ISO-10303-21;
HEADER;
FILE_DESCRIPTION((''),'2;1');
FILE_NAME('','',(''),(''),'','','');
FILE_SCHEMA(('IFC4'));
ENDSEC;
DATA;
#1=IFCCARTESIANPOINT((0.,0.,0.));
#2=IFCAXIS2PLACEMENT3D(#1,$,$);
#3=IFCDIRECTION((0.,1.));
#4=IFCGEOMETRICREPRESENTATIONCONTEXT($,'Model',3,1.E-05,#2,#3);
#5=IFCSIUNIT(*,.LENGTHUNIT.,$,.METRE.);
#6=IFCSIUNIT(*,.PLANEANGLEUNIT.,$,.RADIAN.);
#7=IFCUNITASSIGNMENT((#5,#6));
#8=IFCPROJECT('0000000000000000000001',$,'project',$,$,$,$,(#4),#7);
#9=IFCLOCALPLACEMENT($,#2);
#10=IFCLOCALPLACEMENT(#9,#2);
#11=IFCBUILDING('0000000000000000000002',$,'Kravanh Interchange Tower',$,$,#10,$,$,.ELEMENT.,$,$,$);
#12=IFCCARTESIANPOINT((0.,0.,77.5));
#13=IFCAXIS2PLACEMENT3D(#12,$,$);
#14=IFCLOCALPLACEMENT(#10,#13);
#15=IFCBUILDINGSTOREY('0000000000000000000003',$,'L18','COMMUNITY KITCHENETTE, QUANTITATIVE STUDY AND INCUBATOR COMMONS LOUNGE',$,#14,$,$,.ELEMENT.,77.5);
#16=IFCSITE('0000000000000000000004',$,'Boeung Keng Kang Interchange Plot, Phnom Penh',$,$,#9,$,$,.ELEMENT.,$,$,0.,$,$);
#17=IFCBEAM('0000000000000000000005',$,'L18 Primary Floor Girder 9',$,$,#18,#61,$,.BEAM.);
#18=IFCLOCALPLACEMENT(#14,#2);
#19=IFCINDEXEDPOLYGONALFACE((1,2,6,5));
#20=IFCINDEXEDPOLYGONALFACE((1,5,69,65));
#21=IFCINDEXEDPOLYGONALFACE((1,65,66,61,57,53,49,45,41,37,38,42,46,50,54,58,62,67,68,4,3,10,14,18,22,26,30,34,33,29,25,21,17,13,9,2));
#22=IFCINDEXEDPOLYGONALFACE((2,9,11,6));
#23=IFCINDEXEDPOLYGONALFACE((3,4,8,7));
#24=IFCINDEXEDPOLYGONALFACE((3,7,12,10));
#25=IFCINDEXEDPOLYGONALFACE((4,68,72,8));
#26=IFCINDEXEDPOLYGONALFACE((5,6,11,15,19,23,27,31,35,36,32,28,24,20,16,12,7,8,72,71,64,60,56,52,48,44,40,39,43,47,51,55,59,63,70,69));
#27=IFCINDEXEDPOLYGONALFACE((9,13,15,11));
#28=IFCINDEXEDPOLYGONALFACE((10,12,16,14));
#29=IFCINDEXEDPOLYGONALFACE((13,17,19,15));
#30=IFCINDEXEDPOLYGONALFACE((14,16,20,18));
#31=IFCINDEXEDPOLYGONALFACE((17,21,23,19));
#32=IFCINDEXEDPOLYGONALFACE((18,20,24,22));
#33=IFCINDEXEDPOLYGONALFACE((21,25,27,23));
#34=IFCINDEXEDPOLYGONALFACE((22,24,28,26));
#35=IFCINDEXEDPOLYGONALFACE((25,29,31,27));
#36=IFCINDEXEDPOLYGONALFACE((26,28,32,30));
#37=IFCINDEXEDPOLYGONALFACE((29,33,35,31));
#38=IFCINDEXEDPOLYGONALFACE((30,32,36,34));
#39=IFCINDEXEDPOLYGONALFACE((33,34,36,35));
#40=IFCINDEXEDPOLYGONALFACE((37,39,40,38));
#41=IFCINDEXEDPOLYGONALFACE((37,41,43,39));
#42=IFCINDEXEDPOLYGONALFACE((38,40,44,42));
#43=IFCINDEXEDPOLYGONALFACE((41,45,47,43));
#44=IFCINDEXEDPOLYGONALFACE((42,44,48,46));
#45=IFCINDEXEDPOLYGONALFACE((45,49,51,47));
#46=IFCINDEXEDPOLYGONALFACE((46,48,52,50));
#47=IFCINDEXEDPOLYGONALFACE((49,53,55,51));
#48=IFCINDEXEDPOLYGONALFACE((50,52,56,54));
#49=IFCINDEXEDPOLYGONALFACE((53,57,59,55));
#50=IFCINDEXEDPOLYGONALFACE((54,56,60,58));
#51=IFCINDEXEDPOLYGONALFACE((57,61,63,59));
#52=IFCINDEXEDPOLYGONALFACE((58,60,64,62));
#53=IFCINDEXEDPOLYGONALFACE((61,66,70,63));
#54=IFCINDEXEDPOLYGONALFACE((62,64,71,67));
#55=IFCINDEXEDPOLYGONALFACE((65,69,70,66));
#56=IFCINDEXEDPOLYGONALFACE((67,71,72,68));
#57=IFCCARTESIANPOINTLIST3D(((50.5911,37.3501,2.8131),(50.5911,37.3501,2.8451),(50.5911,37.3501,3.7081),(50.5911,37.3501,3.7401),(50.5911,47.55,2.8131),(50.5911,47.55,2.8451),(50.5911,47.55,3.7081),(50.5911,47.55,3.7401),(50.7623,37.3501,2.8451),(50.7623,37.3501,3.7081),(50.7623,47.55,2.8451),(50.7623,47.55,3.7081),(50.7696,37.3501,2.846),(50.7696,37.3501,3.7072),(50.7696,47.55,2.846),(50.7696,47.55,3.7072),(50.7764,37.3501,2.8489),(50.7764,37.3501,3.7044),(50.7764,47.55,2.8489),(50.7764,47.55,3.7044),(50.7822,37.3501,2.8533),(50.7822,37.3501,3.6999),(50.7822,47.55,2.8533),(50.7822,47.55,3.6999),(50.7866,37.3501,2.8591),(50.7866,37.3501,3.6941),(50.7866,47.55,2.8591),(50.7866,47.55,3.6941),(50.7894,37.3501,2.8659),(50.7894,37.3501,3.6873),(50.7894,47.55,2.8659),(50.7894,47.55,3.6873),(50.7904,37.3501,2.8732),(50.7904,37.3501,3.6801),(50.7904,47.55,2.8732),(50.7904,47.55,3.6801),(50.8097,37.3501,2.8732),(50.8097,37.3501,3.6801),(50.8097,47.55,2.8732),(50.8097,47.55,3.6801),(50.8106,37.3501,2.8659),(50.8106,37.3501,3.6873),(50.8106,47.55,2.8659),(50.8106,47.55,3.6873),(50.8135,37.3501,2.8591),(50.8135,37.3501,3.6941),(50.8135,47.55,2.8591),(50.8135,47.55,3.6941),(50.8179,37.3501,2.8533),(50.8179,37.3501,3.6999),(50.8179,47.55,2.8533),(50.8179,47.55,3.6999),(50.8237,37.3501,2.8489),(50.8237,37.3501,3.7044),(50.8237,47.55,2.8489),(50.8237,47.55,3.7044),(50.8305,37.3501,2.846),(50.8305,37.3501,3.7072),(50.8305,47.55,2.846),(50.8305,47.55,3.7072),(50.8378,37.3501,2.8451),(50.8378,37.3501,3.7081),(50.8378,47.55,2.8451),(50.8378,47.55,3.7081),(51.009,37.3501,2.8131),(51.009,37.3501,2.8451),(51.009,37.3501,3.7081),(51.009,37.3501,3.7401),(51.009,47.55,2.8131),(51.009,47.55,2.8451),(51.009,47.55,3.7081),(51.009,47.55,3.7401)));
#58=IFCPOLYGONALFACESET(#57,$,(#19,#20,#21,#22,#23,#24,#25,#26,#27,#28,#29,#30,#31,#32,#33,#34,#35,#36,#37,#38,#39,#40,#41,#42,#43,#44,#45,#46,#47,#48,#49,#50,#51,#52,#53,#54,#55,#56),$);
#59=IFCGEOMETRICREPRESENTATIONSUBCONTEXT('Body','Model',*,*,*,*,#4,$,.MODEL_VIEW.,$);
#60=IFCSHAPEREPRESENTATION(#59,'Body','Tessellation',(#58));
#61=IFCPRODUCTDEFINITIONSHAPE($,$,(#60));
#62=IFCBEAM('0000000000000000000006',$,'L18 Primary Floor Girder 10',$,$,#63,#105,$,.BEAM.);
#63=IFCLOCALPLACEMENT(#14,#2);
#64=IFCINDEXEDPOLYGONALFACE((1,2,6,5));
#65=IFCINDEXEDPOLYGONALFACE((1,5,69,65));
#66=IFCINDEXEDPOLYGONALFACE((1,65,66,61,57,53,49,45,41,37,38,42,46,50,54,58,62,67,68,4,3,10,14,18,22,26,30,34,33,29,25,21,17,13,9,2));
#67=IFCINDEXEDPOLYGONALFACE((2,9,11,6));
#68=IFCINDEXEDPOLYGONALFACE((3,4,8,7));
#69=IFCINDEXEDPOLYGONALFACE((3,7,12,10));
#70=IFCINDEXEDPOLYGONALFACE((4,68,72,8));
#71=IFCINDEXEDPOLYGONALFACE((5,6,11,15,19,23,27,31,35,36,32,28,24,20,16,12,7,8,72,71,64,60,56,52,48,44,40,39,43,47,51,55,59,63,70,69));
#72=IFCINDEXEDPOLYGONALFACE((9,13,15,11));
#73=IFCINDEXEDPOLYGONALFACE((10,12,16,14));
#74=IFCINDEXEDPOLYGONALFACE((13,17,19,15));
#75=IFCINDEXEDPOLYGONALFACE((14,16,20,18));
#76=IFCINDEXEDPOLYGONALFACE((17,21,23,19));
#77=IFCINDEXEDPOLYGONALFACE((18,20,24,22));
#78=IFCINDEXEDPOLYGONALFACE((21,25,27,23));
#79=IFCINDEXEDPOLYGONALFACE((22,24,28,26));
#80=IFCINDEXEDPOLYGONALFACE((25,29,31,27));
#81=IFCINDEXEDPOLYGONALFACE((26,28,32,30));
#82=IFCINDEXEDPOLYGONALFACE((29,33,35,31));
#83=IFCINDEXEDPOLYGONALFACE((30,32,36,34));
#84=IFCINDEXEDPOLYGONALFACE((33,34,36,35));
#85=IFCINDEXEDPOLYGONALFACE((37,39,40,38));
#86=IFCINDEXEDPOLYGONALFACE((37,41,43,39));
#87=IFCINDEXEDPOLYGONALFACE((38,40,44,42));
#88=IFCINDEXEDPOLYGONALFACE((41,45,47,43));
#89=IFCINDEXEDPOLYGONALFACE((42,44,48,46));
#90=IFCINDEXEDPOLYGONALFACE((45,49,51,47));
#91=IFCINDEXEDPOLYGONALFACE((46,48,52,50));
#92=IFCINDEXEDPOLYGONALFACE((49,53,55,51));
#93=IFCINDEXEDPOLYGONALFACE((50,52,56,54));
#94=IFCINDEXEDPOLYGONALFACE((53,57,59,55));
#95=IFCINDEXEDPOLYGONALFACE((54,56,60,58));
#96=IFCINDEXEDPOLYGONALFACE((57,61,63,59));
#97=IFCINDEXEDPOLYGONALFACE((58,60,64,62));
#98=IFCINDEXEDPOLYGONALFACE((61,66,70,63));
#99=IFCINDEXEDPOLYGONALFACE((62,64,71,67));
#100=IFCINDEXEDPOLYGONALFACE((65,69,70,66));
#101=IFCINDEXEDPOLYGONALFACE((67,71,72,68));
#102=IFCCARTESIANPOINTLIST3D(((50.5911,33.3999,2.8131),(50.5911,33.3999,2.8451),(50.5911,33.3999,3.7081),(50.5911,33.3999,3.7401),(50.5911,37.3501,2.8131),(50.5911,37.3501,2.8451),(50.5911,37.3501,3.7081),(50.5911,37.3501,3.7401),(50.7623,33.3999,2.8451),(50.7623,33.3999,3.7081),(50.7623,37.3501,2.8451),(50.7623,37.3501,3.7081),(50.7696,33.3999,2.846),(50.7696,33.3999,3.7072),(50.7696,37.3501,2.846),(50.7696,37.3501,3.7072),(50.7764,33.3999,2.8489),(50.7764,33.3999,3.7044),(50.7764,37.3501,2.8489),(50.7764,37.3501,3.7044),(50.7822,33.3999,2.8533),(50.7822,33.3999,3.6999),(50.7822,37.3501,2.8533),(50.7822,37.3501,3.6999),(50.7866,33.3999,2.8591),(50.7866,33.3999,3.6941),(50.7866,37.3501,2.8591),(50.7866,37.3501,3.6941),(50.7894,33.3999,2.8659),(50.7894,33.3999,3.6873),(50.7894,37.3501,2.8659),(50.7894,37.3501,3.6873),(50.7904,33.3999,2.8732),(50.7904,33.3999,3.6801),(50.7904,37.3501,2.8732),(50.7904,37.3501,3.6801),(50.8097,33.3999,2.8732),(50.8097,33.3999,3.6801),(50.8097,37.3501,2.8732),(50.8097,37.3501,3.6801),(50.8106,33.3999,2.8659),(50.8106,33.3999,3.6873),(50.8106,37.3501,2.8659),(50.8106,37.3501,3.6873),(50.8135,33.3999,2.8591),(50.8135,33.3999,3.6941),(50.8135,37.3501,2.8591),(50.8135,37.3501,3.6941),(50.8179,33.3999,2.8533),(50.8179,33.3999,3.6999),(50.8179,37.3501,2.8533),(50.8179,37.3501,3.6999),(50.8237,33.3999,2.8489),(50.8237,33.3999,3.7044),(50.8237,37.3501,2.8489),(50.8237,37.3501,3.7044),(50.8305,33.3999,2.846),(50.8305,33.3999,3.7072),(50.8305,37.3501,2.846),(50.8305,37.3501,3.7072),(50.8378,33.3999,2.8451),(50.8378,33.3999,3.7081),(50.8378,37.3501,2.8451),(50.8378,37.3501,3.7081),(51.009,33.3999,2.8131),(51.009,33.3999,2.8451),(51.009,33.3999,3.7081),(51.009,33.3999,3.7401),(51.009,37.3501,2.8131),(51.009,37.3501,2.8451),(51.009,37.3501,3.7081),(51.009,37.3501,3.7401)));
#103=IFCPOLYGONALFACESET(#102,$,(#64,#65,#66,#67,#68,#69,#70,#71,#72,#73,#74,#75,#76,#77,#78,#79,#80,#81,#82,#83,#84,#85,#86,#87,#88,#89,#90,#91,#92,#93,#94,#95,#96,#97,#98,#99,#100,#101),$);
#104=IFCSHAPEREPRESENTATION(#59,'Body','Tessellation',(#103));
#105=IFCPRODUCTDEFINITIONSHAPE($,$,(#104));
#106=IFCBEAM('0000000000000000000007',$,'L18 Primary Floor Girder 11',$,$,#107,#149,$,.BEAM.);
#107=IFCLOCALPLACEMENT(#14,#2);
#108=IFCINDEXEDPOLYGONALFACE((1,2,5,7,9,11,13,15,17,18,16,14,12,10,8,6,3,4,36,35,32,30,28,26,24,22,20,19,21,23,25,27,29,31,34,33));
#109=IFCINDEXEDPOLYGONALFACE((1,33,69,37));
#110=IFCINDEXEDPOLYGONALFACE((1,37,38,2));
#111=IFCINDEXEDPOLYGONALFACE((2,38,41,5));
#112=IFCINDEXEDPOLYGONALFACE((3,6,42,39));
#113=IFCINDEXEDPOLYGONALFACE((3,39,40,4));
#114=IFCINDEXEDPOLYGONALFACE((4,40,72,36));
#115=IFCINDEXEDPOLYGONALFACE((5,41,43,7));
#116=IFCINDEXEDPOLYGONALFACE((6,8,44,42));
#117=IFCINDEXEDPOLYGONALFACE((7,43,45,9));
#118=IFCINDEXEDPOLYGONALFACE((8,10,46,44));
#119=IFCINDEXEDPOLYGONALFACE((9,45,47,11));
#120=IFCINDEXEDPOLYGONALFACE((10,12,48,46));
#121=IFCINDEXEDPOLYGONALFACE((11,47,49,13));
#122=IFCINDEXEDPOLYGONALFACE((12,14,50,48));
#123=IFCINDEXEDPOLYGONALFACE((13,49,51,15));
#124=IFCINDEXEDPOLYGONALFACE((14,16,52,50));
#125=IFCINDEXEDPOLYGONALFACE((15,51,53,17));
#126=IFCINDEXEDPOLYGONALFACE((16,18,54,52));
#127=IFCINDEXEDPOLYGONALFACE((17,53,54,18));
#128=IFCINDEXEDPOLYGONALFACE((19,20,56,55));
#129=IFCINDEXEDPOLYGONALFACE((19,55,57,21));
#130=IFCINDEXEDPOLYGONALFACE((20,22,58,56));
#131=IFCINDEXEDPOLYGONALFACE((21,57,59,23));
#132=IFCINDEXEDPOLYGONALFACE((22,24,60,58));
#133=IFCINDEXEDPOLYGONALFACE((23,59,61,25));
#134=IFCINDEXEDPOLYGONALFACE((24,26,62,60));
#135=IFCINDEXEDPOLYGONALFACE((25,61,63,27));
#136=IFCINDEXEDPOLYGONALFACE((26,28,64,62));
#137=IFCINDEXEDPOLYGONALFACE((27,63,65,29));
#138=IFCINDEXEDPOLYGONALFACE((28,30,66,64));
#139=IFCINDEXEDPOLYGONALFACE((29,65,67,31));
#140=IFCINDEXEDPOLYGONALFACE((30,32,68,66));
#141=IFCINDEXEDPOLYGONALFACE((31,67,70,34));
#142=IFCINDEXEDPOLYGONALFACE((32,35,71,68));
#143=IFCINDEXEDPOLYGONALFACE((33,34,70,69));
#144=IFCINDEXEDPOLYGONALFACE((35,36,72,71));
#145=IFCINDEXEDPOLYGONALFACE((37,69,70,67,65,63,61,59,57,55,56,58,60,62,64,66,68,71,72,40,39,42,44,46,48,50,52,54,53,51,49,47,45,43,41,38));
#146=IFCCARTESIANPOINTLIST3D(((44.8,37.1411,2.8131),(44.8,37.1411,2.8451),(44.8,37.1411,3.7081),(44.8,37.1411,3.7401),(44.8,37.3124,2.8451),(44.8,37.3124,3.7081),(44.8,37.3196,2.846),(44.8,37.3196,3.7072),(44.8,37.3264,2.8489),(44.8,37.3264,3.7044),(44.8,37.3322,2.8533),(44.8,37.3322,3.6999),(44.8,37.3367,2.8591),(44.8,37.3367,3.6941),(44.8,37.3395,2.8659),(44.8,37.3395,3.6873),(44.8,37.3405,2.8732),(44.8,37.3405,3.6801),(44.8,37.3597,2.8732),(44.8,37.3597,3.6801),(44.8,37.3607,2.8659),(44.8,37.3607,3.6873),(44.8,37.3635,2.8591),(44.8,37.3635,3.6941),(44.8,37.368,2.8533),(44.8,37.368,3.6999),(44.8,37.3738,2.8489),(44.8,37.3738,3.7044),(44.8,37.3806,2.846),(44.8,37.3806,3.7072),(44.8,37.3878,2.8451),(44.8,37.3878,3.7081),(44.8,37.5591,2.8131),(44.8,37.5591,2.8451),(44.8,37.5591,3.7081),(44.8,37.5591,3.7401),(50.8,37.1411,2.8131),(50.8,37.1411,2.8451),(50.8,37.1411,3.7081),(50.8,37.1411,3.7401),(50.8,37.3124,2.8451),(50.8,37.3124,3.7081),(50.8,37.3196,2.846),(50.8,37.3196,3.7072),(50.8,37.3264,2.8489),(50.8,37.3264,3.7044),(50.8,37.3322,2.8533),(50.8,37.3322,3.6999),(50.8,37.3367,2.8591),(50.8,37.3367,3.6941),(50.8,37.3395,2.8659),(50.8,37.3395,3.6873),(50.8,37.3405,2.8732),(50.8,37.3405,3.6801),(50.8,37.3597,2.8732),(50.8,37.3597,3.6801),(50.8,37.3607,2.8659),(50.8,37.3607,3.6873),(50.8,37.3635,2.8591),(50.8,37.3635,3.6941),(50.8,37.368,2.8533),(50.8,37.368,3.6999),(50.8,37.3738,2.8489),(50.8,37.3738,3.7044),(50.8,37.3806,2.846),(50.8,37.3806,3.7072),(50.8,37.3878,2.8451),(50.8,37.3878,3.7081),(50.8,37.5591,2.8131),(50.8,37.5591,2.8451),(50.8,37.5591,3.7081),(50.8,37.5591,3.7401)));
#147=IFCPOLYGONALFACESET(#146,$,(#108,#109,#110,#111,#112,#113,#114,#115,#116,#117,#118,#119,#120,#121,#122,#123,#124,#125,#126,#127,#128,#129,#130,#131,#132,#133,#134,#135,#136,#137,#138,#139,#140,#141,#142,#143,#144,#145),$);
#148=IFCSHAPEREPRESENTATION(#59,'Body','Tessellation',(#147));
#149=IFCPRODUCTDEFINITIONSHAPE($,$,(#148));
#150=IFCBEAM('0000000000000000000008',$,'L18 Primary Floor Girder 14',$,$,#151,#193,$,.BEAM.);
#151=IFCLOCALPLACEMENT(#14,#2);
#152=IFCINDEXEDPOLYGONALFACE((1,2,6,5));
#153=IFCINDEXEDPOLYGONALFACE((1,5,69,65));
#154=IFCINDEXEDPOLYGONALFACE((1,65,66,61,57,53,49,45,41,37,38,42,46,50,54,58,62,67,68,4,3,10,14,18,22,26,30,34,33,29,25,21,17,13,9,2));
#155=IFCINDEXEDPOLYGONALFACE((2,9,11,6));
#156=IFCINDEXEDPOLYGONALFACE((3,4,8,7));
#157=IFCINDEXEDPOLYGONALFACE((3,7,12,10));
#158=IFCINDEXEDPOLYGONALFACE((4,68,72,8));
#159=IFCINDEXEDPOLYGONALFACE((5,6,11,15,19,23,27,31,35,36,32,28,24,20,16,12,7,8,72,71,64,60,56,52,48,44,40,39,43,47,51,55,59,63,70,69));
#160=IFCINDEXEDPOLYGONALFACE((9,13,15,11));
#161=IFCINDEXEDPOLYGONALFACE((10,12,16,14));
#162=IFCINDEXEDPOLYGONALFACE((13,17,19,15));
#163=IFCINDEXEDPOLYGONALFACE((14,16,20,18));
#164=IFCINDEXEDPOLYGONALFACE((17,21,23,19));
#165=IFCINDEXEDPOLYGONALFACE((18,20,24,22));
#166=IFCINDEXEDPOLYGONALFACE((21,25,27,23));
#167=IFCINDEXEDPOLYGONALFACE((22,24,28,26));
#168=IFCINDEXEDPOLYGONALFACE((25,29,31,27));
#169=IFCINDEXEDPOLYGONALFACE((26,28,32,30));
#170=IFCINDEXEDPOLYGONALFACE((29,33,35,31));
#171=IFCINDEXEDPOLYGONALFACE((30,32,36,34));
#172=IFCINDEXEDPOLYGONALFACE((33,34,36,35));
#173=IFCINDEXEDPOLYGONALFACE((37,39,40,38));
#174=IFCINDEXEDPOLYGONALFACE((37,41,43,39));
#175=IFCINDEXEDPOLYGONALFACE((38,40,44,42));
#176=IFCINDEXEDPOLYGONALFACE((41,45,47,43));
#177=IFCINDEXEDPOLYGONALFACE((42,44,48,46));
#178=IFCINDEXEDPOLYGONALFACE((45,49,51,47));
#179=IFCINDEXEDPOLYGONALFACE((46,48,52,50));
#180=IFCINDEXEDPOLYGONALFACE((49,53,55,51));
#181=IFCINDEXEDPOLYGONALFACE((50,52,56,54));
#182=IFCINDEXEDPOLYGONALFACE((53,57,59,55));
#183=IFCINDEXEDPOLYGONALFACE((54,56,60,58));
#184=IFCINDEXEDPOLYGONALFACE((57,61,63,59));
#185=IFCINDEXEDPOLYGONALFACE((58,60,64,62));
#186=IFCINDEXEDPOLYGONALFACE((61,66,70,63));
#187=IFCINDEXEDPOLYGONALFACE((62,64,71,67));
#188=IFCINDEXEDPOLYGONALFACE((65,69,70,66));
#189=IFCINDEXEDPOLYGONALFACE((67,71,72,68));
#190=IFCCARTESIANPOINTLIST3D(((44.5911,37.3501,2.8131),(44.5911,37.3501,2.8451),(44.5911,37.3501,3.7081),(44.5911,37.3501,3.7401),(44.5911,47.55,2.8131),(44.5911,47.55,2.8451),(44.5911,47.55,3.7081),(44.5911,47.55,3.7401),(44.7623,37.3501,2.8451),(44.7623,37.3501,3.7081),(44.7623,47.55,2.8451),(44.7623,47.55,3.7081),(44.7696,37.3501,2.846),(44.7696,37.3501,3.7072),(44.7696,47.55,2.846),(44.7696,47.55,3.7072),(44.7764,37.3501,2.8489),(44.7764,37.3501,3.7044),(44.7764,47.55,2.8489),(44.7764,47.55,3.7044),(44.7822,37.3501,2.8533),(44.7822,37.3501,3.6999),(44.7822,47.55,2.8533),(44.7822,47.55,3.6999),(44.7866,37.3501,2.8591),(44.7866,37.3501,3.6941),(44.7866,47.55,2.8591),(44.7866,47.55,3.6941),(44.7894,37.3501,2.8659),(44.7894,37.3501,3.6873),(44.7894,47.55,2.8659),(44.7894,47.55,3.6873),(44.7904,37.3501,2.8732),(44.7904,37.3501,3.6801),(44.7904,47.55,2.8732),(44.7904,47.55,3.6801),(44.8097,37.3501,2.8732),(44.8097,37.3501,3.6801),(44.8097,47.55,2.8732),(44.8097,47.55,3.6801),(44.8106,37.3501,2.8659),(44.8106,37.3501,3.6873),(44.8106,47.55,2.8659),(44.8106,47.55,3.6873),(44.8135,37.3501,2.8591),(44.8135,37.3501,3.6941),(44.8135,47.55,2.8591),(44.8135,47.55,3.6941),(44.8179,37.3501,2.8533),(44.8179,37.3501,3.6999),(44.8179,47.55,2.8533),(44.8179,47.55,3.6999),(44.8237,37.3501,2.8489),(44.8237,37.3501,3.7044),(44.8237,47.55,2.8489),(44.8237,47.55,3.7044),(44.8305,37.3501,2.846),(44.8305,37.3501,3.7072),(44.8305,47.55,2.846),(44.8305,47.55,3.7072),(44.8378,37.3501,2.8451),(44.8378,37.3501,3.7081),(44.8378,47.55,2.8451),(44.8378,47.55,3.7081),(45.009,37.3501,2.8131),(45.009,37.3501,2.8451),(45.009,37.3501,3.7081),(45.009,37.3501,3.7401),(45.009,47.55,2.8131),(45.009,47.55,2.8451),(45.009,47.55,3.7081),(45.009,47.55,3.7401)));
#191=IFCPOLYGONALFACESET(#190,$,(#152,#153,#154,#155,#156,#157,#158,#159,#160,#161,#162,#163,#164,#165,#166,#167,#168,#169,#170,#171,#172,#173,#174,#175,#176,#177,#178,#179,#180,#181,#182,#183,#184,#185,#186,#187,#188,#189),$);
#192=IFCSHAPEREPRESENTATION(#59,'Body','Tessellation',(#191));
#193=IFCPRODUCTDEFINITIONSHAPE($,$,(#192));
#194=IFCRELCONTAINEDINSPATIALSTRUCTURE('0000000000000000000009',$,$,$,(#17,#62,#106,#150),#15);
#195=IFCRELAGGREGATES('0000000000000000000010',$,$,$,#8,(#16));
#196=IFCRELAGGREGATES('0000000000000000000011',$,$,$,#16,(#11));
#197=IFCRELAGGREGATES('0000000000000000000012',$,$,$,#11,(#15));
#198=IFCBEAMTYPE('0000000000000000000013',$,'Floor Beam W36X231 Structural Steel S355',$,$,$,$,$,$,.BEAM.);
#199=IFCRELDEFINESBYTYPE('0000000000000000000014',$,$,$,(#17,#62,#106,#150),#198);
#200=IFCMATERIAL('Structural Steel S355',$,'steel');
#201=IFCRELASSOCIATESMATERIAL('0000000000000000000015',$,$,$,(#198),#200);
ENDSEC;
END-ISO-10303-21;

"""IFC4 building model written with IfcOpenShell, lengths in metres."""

from ifc_helpers import new_model, si_unit, direction, frame, origin, origin_2d, place, context, subcontext, project, spatial, i_section, extrude, material, material_profile, profile_set, type_object, element, save


model = new_model("IFC4")

# Units and contexts
model_context = context("Model", 3, precision=1e-05, world=origin(), true_north=direction((0.0, 1.0)))
body_context = subcontext(model_context, "Body", "Model", "MODEL_VIEW")
ifc_project = project(units=[si_unit("LENGTHUNIT", "METRE"), si_unit("PLANEANGLEUNIT", "RADIAN")], contexts=[model_context])

# Site, building, storey
site_placement = place(None, origin())
site = spatial("IfcSite", under=ifc_project, at=site_placement, Name="Boeung Keng Kang Interchange Plot, Phnom Penh", CompositionType="ELEMENT", RefElevation=0.0)
building_placement = place(site_placement, origin())
building = spatial("IfcBuilding", under=site, at=building_placement, Name="Kravanh Interchange Tower", CompositionType="ELEMENT")
storey_placement = place(building_placement, frame((0.0, 0.0, 77.5)))
storey = spatial("IfcBuildingStorey", under=building, at=storey_placement, Name="L18", Description="COMMUNITY KITCHENETTE, QUANTITATIVE STUDY AND INCUBATOR COMMONS LOUNGE", CompositionType="ELEMENT", Elevation=77.5)

# Beams
ifc_material_1 = material(Name="Structural Steel S355", Category="steel")
ifc_material_profile_1 = material_profile(ifc_material_1, i_section(OverallWidth=0.418, OverallDepth=0.927, WebThickness=0.0193, FlangeThickness=0.032, FilletRadius=0.0281, at=origin_2d()), Name="W36X231")
ifc_profile_set_1 = profile_set([ifc_material_profile_1], Name="Structural Steel S355")
beam_type_1 = type_object("IfcBeamType", Name="Floor Beam W36X231 Structural Steel S355", PredefinedType="BEAM", material=ifc_profile_set_1)
beam_1_placement = place(storey_placement, frame((50.8, 47.55, 3.2766), z_axis=(0.0, -1.0, 0.0), x_axis=(1.0, 0.0, 0.0)))
element("IfcBeam", 1, at=beam_1_placement, inside=storey, type_object=beam_type_1, Name="L18 Primary Floor Girder 9", PredefinedType="BEAM", context=body_context, shape_type="SweptSolid", body=[
    extrude(i_section(OverallWidth=0.418, OverallDepth=0.927, WebThickness=0.0193, FlangeThickness=0.032, FilletRadius=0.0281, at=origin_2d()), origin(), (0.0, 0.0, 1.0), 10.2),
])
beam_2_placement = place(storey_placement, frame((50.8, 37.3501, 3.2766), z_axis=(0.0, -1.0, 0.0), x_axis=(1.0, 0.0, 0.0)))
element("IfcBeam", 2, at=beam_2_placement, inside=storey, type_object=beam_type_1, Name="L18 Primary Floor Girder 10", PredefinedType="BEAM", context=body_context, shape_type="SweptSolid", body=[
    extrude(i_section(OverallWidth=0.418, OverallDepth=0.927, WebThickness=0.0193, FlangeThickness=0.032, FilletRadius=0.0281, at=origin_2d()), origin(), (0.0, 0.0, 1.0), 3.9502),
])
beam_3_placement = place(storey_placement, frame((50.8, 37.3501, 3.2766), z_axis=(-1.0, 0.0, 0.0), x_axis=(0.0, -1.0, 0.0)))
element("IfcBeam", 3, at=beam_3_placement, inside=storey, type_object=beam_type_1, Name="L18 Primary Floor Girder 11", PredefinedType="BEAM", context=body_context, shape_type="SweptSolid", body=[
    extrude(i_section(OverallWidth=0.418, OverallDepth=0.927, WebThickness=0.0193, FlangeThickness=0.032, FilletRadius=0.0281, at=origin_2d()), origin(), (0.0, 0.0, 1.0), 6.0),
])
beam_4_placement = place(storey_placement, frame((44.8, 37.3501, 3.2766), z_axis=(0.0, 1.0, 0.0), x_axis=(-1.0, 0.0, 0.0)))
element("IfcBeam", 4, at=beam_4_placement, inside=storey, type_object=beam_type_1, Name="L18 Primary Floor Girder 14", PredefinedType="BEAM", context=body_context, shape_type="SweptSolid", body=[
    extrude(i_section(OverallWidth=0.418, OverallDepth=0.927, WebThickness=0.0193, FlangeThickness=0.032, FilletRadius=0.0281, at=origin_2d()), origin(), (0.0, 0.0, 1.0), 10.2),
])

save(model, "model.ifc")
